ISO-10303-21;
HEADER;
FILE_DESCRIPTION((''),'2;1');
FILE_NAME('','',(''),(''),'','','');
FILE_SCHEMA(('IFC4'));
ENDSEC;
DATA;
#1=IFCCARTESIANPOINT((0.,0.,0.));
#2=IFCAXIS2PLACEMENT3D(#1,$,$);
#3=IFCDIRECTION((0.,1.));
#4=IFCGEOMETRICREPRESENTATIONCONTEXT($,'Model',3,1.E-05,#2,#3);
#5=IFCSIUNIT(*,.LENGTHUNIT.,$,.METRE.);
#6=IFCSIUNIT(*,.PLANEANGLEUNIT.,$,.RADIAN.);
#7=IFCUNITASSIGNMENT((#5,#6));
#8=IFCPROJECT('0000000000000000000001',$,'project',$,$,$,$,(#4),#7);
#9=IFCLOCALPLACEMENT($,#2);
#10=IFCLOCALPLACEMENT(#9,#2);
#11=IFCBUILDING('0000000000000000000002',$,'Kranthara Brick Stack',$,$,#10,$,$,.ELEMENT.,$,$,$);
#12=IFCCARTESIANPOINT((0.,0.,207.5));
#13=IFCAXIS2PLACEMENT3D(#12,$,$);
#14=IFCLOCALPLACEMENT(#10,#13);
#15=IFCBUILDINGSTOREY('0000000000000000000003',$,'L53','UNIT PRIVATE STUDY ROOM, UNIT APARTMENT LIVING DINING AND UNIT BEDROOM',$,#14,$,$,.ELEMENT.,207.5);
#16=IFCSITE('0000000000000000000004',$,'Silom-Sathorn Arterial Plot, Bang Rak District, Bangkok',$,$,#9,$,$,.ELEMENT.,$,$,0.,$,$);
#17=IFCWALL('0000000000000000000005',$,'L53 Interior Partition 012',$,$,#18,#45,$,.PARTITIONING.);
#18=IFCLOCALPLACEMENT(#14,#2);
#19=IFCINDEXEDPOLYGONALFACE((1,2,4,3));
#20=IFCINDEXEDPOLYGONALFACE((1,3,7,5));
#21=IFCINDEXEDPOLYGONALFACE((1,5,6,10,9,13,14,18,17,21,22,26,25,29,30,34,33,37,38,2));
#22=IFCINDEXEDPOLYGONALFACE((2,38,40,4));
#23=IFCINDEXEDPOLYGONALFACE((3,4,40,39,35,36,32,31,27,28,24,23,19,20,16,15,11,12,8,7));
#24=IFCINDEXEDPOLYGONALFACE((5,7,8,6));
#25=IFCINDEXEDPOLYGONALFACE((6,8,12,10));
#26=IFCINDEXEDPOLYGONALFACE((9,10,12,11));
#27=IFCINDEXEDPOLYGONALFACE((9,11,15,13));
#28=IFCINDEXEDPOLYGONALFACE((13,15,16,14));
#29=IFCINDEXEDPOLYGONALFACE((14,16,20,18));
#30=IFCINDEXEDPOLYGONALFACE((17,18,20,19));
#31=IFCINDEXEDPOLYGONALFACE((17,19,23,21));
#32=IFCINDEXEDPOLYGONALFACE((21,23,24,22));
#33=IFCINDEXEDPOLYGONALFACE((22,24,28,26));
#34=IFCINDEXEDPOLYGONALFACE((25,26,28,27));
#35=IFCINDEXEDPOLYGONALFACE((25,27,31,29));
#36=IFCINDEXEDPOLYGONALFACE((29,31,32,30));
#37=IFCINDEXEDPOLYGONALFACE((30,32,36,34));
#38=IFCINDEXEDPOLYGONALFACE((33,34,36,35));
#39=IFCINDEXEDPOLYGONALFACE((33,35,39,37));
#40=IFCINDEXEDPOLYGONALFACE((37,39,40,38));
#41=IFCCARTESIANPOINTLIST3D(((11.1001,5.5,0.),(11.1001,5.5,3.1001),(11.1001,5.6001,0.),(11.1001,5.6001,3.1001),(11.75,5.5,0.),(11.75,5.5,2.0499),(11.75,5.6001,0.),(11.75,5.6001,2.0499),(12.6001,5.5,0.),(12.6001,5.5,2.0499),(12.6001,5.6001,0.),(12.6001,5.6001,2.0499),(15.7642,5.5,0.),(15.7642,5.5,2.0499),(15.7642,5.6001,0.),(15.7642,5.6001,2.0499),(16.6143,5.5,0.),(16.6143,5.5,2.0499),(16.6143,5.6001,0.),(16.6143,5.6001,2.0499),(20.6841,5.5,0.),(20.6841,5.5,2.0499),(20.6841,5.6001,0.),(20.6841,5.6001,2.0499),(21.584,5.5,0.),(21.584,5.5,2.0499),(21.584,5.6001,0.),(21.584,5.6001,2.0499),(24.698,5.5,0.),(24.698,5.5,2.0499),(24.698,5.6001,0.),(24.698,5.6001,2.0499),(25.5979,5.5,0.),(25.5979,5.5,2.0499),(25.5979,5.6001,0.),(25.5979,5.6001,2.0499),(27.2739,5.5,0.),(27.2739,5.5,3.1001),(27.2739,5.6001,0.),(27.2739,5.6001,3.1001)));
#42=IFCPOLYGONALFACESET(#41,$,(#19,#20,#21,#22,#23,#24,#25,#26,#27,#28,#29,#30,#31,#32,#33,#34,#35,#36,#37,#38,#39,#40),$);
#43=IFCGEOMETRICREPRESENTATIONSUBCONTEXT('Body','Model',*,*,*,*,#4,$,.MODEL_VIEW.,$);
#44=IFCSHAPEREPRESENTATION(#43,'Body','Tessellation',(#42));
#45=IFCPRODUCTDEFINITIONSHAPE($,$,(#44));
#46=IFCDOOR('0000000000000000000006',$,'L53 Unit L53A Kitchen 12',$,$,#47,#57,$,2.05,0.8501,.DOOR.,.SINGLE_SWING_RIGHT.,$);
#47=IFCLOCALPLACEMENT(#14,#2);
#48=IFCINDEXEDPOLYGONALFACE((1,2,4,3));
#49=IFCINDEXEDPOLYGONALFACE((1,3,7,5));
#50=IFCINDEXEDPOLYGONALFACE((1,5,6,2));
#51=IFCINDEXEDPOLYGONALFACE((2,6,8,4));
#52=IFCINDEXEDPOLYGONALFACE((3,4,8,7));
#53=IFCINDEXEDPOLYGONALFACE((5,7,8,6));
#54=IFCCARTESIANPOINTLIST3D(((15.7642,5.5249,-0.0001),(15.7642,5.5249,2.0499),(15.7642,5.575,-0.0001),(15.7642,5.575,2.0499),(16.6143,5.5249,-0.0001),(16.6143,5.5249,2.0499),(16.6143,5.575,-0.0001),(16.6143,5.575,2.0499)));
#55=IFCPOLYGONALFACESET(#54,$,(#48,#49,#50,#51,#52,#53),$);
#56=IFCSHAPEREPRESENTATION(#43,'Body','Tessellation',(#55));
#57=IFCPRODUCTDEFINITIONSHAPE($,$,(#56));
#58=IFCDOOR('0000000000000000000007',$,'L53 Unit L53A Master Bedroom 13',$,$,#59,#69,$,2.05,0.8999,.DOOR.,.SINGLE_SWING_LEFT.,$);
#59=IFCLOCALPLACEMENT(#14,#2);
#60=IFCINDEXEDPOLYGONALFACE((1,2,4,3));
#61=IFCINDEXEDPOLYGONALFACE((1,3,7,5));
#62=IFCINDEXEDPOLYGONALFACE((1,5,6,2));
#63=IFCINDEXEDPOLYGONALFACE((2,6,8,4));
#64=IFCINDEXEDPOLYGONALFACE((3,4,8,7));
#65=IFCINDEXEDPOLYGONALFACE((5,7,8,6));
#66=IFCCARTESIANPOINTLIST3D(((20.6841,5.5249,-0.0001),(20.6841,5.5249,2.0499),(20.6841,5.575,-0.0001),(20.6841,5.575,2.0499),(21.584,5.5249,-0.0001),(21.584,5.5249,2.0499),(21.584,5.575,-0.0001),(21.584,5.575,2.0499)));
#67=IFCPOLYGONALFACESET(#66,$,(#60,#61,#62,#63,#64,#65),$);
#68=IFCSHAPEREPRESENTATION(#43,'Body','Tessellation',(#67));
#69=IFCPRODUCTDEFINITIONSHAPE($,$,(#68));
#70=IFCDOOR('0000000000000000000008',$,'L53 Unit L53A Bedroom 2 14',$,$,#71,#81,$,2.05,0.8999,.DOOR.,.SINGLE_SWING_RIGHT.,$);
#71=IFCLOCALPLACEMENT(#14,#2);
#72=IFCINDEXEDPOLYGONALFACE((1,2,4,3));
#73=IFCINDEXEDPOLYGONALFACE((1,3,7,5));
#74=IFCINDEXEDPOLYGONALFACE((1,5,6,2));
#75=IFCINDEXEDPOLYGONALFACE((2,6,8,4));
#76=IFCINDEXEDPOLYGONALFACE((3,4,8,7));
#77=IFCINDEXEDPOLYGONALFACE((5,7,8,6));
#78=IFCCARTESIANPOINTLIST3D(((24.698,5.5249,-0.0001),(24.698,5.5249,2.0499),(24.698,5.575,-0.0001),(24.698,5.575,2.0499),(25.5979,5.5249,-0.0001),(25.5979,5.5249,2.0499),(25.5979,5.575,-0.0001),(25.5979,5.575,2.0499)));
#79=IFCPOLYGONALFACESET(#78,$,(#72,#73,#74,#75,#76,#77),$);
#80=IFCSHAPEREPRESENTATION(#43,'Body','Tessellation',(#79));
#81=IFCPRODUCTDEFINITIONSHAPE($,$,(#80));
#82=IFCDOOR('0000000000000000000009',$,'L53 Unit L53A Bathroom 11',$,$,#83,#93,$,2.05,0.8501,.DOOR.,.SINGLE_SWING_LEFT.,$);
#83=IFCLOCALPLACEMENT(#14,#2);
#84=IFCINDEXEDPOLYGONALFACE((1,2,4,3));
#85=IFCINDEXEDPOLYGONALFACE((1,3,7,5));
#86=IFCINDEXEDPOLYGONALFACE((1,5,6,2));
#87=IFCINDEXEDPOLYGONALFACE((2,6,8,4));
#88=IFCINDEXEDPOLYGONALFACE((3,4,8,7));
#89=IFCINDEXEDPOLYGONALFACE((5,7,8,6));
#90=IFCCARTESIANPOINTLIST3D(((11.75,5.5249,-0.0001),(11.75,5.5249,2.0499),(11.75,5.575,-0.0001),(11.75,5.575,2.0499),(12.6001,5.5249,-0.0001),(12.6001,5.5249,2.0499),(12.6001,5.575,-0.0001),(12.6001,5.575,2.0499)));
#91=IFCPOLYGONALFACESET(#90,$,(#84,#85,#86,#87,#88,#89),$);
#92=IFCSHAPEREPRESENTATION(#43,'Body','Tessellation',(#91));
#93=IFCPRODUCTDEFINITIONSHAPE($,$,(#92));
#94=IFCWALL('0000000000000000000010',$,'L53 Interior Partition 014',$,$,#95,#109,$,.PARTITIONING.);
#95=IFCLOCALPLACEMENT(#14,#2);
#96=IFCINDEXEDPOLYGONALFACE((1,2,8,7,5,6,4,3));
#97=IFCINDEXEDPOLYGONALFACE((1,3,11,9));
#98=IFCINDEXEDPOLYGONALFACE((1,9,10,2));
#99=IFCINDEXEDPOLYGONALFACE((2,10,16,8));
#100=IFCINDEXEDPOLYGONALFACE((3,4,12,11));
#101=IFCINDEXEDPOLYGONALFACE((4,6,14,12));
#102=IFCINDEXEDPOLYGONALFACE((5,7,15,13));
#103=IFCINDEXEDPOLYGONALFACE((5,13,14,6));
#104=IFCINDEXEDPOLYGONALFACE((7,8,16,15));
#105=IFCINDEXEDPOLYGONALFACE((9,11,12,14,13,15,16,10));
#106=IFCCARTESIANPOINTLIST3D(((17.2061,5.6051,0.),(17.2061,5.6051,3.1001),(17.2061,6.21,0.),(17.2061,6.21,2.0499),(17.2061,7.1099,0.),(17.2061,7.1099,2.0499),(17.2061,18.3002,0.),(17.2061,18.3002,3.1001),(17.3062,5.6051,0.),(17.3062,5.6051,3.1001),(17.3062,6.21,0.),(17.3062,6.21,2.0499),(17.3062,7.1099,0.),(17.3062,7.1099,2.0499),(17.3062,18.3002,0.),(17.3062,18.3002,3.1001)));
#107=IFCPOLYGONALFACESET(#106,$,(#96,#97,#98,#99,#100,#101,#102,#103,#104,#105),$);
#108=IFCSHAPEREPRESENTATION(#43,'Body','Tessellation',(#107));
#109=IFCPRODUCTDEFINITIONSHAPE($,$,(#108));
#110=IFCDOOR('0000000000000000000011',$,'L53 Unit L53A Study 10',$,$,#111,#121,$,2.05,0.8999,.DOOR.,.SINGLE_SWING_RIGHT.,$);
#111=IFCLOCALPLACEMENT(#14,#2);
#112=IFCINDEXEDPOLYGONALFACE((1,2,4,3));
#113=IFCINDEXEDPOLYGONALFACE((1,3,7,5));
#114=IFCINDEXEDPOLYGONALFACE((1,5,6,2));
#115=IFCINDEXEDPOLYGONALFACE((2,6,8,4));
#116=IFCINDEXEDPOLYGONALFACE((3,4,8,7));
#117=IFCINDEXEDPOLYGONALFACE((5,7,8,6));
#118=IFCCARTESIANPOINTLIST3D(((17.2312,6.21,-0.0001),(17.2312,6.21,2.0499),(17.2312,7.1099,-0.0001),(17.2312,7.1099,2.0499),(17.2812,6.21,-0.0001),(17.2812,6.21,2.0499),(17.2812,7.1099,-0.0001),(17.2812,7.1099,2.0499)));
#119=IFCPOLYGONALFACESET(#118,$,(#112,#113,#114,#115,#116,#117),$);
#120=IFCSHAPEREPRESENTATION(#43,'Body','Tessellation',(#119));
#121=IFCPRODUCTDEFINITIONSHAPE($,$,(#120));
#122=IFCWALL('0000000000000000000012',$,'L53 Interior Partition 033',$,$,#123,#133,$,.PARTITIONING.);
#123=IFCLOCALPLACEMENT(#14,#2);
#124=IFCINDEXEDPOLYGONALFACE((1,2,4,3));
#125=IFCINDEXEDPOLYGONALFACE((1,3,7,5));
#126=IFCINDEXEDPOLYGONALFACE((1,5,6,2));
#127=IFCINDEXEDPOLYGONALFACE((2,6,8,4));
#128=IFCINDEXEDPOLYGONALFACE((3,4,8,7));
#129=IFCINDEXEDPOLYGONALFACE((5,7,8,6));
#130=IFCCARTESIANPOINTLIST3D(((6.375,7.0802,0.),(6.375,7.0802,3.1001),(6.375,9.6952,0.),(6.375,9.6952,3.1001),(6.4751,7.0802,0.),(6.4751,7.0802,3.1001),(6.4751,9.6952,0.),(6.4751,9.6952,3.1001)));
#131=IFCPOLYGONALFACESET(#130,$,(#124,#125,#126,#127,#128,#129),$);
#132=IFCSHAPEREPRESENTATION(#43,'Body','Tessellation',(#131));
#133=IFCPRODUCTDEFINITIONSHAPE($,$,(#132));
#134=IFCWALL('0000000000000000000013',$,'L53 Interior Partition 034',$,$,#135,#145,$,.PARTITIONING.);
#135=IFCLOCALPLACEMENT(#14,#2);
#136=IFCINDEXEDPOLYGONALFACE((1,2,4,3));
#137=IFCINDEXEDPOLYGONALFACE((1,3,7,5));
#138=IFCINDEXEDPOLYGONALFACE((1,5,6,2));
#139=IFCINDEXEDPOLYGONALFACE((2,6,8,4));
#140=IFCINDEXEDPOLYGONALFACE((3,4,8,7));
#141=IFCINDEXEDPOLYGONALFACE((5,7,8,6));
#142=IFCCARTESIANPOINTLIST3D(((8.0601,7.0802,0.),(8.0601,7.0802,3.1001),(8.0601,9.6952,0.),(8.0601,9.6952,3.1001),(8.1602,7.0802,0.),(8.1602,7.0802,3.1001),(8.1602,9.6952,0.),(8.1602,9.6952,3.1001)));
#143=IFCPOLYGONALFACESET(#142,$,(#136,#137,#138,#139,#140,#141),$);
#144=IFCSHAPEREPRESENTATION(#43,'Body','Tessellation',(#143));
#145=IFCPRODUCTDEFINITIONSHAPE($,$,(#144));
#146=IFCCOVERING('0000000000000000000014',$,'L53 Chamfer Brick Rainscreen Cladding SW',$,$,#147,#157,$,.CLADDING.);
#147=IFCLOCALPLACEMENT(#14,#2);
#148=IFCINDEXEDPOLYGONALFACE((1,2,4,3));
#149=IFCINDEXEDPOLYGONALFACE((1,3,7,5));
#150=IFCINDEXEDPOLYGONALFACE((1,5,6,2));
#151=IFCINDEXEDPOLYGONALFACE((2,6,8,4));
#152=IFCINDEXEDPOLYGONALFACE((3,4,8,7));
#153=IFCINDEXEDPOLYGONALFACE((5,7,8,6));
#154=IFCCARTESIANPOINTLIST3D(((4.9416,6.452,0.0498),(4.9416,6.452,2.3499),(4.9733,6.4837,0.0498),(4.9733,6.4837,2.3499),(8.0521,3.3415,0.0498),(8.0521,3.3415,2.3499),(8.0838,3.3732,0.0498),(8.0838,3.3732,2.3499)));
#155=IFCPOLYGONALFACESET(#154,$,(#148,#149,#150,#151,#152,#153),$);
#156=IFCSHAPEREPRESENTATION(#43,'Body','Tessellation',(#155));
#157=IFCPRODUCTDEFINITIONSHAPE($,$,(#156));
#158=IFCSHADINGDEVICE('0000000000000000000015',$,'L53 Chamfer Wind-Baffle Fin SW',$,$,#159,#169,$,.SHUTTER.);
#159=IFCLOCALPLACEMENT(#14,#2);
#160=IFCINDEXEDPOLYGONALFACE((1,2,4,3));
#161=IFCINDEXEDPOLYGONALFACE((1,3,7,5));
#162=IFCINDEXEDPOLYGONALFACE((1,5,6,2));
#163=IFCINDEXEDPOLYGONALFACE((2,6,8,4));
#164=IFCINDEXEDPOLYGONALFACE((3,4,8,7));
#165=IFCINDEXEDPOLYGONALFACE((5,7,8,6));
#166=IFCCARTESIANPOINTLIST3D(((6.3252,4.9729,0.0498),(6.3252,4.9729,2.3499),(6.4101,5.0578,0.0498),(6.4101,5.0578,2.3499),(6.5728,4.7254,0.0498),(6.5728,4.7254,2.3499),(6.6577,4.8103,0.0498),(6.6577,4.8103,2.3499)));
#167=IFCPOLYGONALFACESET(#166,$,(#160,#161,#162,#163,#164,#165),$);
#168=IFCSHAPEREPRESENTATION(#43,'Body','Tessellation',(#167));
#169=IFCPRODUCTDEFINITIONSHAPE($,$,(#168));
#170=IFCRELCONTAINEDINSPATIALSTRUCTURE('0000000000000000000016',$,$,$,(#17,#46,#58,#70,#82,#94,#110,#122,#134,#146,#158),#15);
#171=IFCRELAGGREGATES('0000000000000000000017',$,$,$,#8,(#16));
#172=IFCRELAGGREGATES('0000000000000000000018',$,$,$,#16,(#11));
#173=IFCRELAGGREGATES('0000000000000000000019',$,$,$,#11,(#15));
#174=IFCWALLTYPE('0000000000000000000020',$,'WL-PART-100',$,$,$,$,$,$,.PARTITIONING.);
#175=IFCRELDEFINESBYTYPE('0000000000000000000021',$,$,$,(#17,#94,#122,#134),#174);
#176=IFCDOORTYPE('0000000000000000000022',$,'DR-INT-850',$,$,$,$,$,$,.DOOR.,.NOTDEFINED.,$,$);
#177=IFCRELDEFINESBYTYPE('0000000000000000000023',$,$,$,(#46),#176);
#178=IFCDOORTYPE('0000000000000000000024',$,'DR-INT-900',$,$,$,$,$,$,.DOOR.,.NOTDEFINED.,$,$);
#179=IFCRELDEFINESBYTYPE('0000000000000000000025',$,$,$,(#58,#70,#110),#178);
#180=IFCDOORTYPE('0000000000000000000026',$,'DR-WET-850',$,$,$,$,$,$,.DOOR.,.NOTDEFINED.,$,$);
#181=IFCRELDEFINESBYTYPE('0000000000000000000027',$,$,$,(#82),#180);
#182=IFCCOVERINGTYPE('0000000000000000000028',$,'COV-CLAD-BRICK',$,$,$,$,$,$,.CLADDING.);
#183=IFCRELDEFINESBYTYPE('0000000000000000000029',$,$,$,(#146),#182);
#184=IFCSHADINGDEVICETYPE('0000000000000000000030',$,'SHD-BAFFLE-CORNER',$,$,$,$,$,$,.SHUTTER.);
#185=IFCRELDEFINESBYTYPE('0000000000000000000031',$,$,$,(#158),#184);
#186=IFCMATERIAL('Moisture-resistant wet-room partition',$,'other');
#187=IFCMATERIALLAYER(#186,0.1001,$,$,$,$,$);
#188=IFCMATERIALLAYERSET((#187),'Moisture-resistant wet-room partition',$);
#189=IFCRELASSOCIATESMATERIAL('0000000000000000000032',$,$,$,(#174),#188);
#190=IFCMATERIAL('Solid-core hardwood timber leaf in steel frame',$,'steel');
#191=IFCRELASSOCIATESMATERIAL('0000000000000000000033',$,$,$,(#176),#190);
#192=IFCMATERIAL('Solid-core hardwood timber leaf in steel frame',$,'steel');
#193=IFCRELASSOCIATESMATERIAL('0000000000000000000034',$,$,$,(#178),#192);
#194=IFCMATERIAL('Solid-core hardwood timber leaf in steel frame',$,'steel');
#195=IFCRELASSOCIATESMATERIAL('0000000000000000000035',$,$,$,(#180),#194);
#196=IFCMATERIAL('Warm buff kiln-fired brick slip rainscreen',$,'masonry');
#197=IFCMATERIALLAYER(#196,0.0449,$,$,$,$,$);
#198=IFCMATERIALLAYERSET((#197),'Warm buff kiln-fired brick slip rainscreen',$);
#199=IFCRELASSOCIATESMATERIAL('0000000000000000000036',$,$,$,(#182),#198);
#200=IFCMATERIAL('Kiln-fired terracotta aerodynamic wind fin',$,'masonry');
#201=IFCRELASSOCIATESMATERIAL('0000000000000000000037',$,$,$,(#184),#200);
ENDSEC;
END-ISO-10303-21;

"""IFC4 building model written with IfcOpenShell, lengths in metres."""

from ifc_helpers import new_model, si_unit, direction, frame, frame_2d, origin, origin_2d, place, context, subcontext, project, spatial, rectangle, extrude, material, layer, layer_set, type_object, element, fill, save


model = new_model("IFC4")

# Units and contexts
model_context = context("Model", 3, precision=1e-05, world=origin(), true_north=direction((0.0, 1.0)))
body_context = subcontext(model_context, "Body", "Model", "MODEL_VIEW")
ifc_project = project(units=[si_unit("LENGTHUNIT", "METRE"), si_unit("PLANEANGLEUNIT", "RADIAN")], contexts=[model_context])

# Site, building, storey
site_placement = place(None, origin())
site = spatial("IfcSite", under=ifc_project, at=site_placement, Name="Silom-Sathorn Arterial Plot, Bang Rak District, Bangkok", CompositionType="ELEMENT", RefElevation=0.0)
building_placement = place(site_placement, origin())
building = spatial("IfcBuilding", under=site, at=building_placement, Name="Kranthara Brick Stack", CompositionType="ELEMENT")
storey_placement = place(building_placement, frame((0.0, 0.0, 207.5)))
storey = spatial("IfcBuildingStorey", under=building, at=storey_placement, Name="L53", Description="UNIT PRIVATE STUDY ROOM, UNIT APARTMENT LIVING DINING AND UNIT BEDROOM", CompositionType="ELEMENT", Elevation=207.5)

# Wall, openings, doors
ifc_material_1 = material(Name="Moisture-resistant wet-room partition", Category="other")
ifc_layer_1 = layer(ifc_material_1, 0.1001)
ifc_layer_set_1 = layer_set([ifc_layer_1], Name="Moisture-resistant wet-room partition")
wall_type_1 = type_object("IfcWallType", Name="WL-PART-100", PredefinedType="PARTITIONING", material=ifc_layer_set_1)
wall_1_placement = place(storey_placement, frame((11.1001, 5.55, 0.0), z_axis=(0.0, 0.0, 1.0), x_axis=(1.0, 0.0, 0.0)))
wall_1 = element("IfcWall", 1, at=wall_1_placement, inside=storey, type_object=wall_type_1, Name="L53 Interior Partition 012", PredefinedType="PARTITIONING", context=body_context, shape_type="SweptSolid", body=[
    extrude(rectangle(XDim=16.1738, YDim=0.1001, at=frame_2d((8.0869, 0.0))), origin(), (0.0, 0.0, 1.0), 3.1001),
])
opening_1_placement = place(wall_1_placement, frame((0.6499, 0.0, 0.0)))
opening_1 = element("IfcOpeningElement", 2, at=opening_1_placement, cuts=wall_1, PredefinedType="OPENING", context=body_context, shape_type="SweptSolid", body=[
    extrude(rectangle(XDim=0.8501, YDim=2.05, at=frame_2d((0.425, 1.0249))), frame((0.0, 0.0601, 0.0), z_axis=(0.0, -1.0, 0.0), x_axis=(1.0, 0.0, 0.0)), (0.0, 0.0, 1.0), 0.1201),
])
opening_2_placement = place(wall_1_placement, frame((4.6641, 0.0, 0.0)))
opening_2 = element("IfcOpeningElement", 3, at=opening_2_placement, cuts=wall_1, PredefinedType="OPENING", context=body_context, shape_type="SweptSolid", body=[
    extrude(rectangle(XDim=0.8501, YDim=2.05, at=frame_2d((0.425, 1.0249))), frame((0.0, 0.0601, 0.0), z_axis=(0.0, -1.0, 0.0), x_axis=(1.0, 0.0, 0.0)), (0.0, 0.0, 1.0), 0.1201),
])
opening_3_placement = place(wall_1_placement, frame((9.584, 0.0, 0.0)))
opening_3 = element("IfcOpeningElement", 4, at=opening_3_placement, cuts=wall_1, PredefinedType="OPENING", context=body_context, shape_type="SweptSolid", body=[
    extrude(rectangle(XDim=0.8999, YDim=2.05, at=frame_2d((0.45, 1.0249))), frame((0.0, 0.0601, 0.0), z_axis=(0.0, -1.0, 0.0), x_axis=(1.0, 0.0, 0.0)), (0.0, 0.0, 1.0), 0.1201),
])
opening_4_placement = place(wall_1_placement, frame((13.5979, 0.0, 0.0)))
opening_4 = element("IfcOpeningElement", 5, at=opening_4_placement, cuts=wall_1, PredefinedType="OPENING", context=body_context, shape_type="SweptSolid", body=[
    extrude(rectangle(XDim=0.8999, YDim=2.05, at=frame_2d((0.45, 1.0249))), frame((0.0, 0.0601, 0.0), z_axis=(0.0, -1.0, 0.0), x_axis=(1.0, 0.0, 0.0)), (0.0, 0.0, 1.0), 0.1201),
])
ifc_material_2 = material(Name="Solid-core hardwood timber leaf in steel frame", Category="steel")
door_type_1 = type_object("IfcDoorType", Name="DR-INT-850", OperationType="NOTDEFINED", PredefinedType="DOOR", material=ifc_material_2)
door_1_placement = place(opening_2_placement, origin())
door_1 = element("IfcDoor", 6, at=door_1_placement, inside=storey, type_object=door_type_1, Name="L53 Unit L53A Kitchen 12", OperationType="SINGLE_SWING_RIGHT", OverallHeight=2.05, OverallWidth=0.8501, PredefinedType="DOOR", context=body_context, shape_type="SweptSolid", body=[
    extrude(rectangle(XDim=0.8501, YDim=2.05, at=frame_2d((0.425, 1.0249))), frame((0.0, 0.0249, 0.0), z_axis=(0.0, -1.0, 0.0), x_axis=(1.0, 0.0, 0.0)), (0.0, 0.0, 1.0), 0.05),
])
fill(opening_2, door_1)
ifc_material_3 = material(Name="Solid-core hardwood timber leaf in steel frame", Category="steel")
door_type_2 = type_object("IfcDoorType", Name="DR-INT-900", OperationType="NOTDEFINED", PredefinedType="DOOR", material=ifc_material_3)
door_2_placement = place(opening_3_placement, origin())
door_2 = element("IfcDoor", 7, at=door_2_placement, inside=storey, type_object=door_type_2, Name="L53 Unit L53A Master Bedroom 13", OperationType="SINGLE_SWING_LEFT", OverallHeight=2.05, OverallWidth=0.8999, PredefinedType="DOOR", context=body_context, shape_type="SweptSolid", body=[
    extrude(rectangle(XDim=0.8999, YDim=2.05, at=frame_2d((0.45, 1.0249))), frame((0.0, 0.0249, 0.0), z_axis=(0.0, -1.0, 0.0), x_axis=(1.0, 0.0, 0.0)), (0.0, 0.0, 1.0), 0.05),
])
fill(opening_3, door_2)
door_3_placement = place(opening_4_placement, origin())
door_3 = element("IfcDoor", 8, at=door_3_placement, inside=storey, type_object=door_type_2, Name="L53 Unit L53A Bedroom 2 14", OperationType="SINGLE_SWING_RIGHT", OverallHeight=2.05, OverallWidth=0.8999, PredefinedType="DOOR", context=body_context, shape_type="SweptSolid", body=[
    extrude(rectangle(XDim=0.8999, YDim=2.05, at=frame_2d((0.45, 1.0249))), frame((0.0, 0.0249, 0.0), z_axis=(0.0, -1.0, 0.0), x_axis=(1.0, 0.0, 0.0)), (0.0, 0.0, 1.0), 0.05),
])
fill(opening_4, door_3)
ifc_material_4 = material(Name="Solid-core hardwood timber leaf in steel frame", Category="steel")
door_type_3 = type_object("IfcDoorType", Name="DR-WET-850", OperationType="NOTDEFINED", PredefinedType="DOOR", material=ifc_material_4)
door_4_placement = place(opening_1_placement, origin())
door_4 = element("IfcDoor", 9, at=door_4_placement, inside=storey, type_object=door_type_3, Name="L53 Unit L53A Bathroom 11", OperationType="SINGLE_SWING_LEFT", OverallHeight=2.05, OverallWidth=0.8501, PredefinedType="DOOR", context=body_context, shape_type="SweptSolid", body=[
    extrude(rectangle(XDim=0.8501, YDim=2.05, at=frame_2d((0.425, 1.0249))), frame((0.0, 0.0249, 0.0), z_axis=(0.0, -1.0, 0.0), x_axis=(1.0, 0.0, 0.0)), (0.0, 0.0, 1.0), 0.05),
])
fill(opening_1, door_4)

# Wall, opening, door
wall_2_placement = place(storey_placement, frame((17.2561, 5.605, 0.0), z_axis=(0.0, 0.0, 1.0), x_axis=(0.0, 1.0, 0.0)))
wall_2 = element("IfcWall", 10, at=wall_2_placement, inside=storey, type_object=wall_type_1, Name="L53 Interior Partition 014", PredefinedType="PARTITIONING", context=body_context, shape_type="SweptSolid", body=[
    extrude(rectangle(XDim=12.6951, YDim=0.1001, at=frame_2d((6.3477, 0.0))), origin(), (0.0, 0.0, 1.0), 3.1001),
])
opening_5_placement = place(wall_2_placement, frame((0.605, 0.0, 0.0)))
opening_5 = element("IfcOpeningElement", 11, at=opening_5_placement, cuts=wall_2, PredefinedType="OPENING", context=body_context, shape_type="SweptSolid", body=[
    extrude(rectangle(XDim=0.8999, YDim=2.05, at=frame_2d((0.45, 1.0249))), frame((0.0, 0.0601, 0.0), z_axis=(0.0, -1.0, 0.0), x_axis=(1.0, 0.0, 0.0)), (0.0, 0.0, 1.0), 0.1201),
])
door_5_placement = place(opening_5_placement, origin())
door_5 = element("IfcDoor", 12, at=door_5_placement, inside=storey, type_object=door_type_2, Name="L53 Unit L53A Study 10", OperationType="SINGLE_SWING_RIGHT", OverallHeight=2.05, OverallWidth=0.8999, PredefinedType="DOOR", context=body_context, shape_type="SweptSolid", body=[
    extrude(rectangle(XDim=0.8999, YDim=2.05, at=frame_2d((0.45, 1.0249))), frame((0.0, 0.0249, 0.0), z_axis=(0.0, -1.0, 0.0), x_axis=(1.0, 0.0, 0.0)), (0.0, 0.0, 1.0), 0.05),
])
fill(opening_5, door_5)

# Walls
for number, where, z_axis, x_axis, name in (
    (13, (6.425, 7.0801, 0.0), (0.0, 0.0, 1.0), (0.0, 1.0, 0.0), "L53 Interior Partition 033"),
    (14, (8.1101, 7.0801, 0.0), (0.0, 0.0, 1.0), (0.0, 1.0, 0.0), "L53 Interior Partition 034"),
):
    element("IfcWall", number, at=place(storey_placement, frame(where, z_axis=z_axis, x_axis=x_axis)), inside=storey, type_object=wall_type_1, Name=name, PredefinedType="PARTITIONING", context=body_context, shape_type="SweptSolid", body=[
        extrude(rectangle(XDim=2.615, YDim=0.1001, at=frame_2d((1.3076, 0.0))), origin(), (0.0, 0.0, 1.0), 3.1001),
    ])

# Covering
ifc_material_5 = material(Name="Warm buff kiln-fired brick slip rainscreen", Category="masonry")
ifc_layer_2 = layer(ifc_material_5, 0.0449)
ifc_layer_set_2 = layer_set([ifc_layer_2], Name="Warm buff kiln-fired brick slip rainscreen")
covering_type = type_object("IfcCoveringType", Name="COV-CLAD-BRICK", PredefinedType="CLADDING", material=ifc_layer_set_2)
covering_placement = place(storey_placement, frame((6.5127, 4.9126, 0.0498), z_axis=(0.0, 0.0, 1.0), x_axis=(-0.707107, 0.707107, 0.0)))
element("IfcCovering", 15, at=covering_placement, inside=storey, type_object=covering_type, Name="L53 Chamfer Brick Rainscreen Cladding SW", PredefinedType="CLADDING", context=body_context, shape_type="SweptSolid", body=[
    extrude(rectangle(XDim=4.3989, YDim=0.0449, at=origin_2d()), origin(), (0.0, 0.0, 1.0), 2.3),
])

# Shading device
ifc_material_6 = material(Name="Kiln-fired terracotta aerodynamic wind fin", Category="masonry")
shading_device_type = type_object("IfcShadingDeviceType", Name="SHD-BAFFLE-CORNER", PredefinedType="SHUTTER", material=ifc_material_6)
shading_device_placement = place(storey_placement, frame((6.4915, 4.8916, 0.0498), z_axis=(0.0, 0.0, 1.0), x_axis=(-0.707107, 0.707107, 0.0)))
element("IfcShadingDevice", 16, at=shading_device_placement, inside=storey, type_object=shading_device_type, Name="L53 Chamfer Wind-Baffle Fin SW", PredefinedType="SHUTTER", context=body_context, shape_type="SweptSolid", body=[
    extrude(rectangle(XDim=0.3501, YDim=0.1201, at=origin_2d()), origin(), (0.0, 0.0, 1.0), 2.3),
])

save(model, "model.ifc")
